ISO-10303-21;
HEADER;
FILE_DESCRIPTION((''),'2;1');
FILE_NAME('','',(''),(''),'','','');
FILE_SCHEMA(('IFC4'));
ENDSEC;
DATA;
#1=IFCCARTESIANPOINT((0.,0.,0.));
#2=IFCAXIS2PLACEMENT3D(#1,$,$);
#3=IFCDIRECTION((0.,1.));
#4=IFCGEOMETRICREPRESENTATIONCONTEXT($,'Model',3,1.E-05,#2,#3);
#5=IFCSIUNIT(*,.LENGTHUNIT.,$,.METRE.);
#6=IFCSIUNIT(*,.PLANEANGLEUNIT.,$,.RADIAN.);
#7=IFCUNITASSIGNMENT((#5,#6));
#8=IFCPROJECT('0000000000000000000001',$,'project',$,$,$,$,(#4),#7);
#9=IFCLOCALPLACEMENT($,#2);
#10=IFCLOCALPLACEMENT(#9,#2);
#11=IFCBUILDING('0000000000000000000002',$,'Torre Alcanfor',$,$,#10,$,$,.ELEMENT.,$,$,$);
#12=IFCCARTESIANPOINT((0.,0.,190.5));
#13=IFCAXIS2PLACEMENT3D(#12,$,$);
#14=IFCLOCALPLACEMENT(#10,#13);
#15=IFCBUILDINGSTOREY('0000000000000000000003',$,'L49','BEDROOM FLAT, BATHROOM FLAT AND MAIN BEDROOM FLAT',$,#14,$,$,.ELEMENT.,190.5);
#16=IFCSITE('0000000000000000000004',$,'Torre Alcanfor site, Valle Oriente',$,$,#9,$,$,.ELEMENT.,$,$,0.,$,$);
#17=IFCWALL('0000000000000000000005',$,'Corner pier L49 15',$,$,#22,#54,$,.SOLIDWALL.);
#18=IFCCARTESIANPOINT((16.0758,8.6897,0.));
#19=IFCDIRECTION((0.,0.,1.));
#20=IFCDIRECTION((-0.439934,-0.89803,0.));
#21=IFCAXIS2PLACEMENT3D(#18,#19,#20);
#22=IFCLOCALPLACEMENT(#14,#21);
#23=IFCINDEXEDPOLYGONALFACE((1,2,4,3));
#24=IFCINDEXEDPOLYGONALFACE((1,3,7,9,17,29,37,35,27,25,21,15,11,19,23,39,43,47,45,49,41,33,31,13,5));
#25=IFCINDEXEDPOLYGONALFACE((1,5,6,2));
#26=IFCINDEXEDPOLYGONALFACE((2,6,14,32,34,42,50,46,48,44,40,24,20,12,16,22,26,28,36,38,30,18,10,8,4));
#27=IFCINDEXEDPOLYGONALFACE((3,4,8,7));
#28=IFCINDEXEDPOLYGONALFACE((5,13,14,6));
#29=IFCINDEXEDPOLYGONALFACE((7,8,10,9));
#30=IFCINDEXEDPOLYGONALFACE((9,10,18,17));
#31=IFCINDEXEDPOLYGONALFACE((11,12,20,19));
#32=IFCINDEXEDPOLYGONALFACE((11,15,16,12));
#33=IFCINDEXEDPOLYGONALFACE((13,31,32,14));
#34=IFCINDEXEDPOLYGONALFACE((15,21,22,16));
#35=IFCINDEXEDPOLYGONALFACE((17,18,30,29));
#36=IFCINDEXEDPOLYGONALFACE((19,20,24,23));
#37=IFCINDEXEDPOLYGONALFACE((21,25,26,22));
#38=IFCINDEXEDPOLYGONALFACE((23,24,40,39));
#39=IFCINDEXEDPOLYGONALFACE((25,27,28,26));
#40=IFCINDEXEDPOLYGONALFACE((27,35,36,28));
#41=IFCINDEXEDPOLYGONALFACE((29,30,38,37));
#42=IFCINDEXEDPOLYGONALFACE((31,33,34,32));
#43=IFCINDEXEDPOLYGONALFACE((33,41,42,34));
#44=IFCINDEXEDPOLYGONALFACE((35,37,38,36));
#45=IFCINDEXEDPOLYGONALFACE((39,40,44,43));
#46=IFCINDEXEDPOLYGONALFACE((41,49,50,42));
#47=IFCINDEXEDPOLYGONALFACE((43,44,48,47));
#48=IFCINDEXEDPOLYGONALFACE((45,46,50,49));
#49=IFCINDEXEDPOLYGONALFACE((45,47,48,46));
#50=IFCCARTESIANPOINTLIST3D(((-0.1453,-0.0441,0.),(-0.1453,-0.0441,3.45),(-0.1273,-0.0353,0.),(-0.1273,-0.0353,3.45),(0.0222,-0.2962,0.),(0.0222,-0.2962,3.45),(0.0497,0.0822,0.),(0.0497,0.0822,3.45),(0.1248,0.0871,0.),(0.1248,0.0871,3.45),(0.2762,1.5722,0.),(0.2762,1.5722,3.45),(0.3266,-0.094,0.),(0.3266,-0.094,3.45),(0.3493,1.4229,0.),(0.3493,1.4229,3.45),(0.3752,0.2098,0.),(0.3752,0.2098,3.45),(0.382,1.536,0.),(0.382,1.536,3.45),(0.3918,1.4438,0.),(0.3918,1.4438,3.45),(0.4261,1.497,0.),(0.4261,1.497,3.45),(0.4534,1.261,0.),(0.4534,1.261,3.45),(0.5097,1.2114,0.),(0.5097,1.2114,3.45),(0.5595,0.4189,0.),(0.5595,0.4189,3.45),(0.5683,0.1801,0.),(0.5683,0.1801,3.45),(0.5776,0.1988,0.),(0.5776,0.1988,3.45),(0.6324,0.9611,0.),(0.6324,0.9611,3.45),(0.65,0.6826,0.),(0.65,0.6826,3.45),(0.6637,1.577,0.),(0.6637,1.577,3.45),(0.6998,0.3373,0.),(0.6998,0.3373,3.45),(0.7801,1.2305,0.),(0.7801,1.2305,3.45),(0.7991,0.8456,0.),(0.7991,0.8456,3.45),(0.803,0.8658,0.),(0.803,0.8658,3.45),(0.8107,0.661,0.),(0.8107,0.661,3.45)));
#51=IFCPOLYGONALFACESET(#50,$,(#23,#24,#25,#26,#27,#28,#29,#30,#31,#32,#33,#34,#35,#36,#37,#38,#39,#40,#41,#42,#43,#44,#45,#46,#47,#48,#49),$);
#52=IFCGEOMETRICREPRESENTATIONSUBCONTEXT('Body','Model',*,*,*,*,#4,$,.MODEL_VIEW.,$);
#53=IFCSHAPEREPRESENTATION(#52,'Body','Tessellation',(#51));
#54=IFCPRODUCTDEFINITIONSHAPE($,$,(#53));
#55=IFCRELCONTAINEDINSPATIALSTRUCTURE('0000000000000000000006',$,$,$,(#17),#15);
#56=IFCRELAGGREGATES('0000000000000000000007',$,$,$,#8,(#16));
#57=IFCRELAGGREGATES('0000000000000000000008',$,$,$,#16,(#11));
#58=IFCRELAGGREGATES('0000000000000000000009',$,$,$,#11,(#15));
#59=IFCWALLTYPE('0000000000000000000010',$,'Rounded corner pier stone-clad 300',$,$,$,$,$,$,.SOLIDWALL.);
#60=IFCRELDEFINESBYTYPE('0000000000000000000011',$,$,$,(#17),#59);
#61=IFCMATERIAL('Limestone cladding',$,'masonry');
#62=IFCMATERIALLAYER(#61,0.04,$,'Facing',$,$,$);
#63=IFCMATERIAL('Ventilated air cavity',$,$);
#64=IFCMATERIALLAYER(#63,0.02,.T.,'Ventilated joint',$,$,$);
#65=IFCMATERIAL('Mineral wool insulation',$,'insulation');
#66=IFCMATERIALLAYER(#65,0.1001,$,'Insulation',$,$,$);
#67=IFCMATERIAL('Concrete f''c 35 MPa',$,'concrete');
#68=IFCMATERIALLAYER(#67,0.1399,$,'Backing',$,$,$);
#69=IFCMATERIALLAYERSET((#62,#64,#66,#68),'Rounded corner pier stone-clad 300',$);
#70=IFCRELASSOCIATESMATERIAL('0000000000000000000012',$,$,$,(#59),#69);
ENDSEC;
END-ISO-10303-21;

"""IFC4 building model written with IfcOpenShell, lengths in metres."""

from ifc_helpers import new_model, si_unit, direction, frame, origin, place, context, subcontext, project, spatial, polyline, outline, extrude, material, layer, layer_set, type_object, element, save


model = new_model("IFC4")

# Units and contexts
model_context = context("Model", 3, precision=1e-05, world=origin(), true_north=direction((0.0, 1.0)))
body_context = subcontext(model_context, "Body", "Model", "MODEL_VIEW")
ifc_project = project(units=[si_unit("LENGTHUNIT", "METRE"), si_unit("PLANEANGLEUNIT", "RADIAN")], contexts=[model_context])

# Site, building, storey
site_placement = place(None, origin())
site = spatial("IfcSite", under=ifc_project, at=site_placement, Name="Torre Alcanfor site, Valle Oriente", CompositionType="ELEMENT", RefElevation=0.0)
building_placement = place(site_placement, origin())
building = spatial("IfcBuilding", under=site, at=building_placement, Name="Torre Alcanfor", CompositionType="ELEMENT")
storey_placement = place(building_placement, frame((0.0, 0.0, 190.5)))
storey = spatial("IfcBuildingStorey", under=building, at=storey_placement, Name="L49", Description="BEDROOM FLAT, BATHROOM FLAT AND MAIN BEDROOM FLAT", CompositionType="ELEMENT", Elevation=190.5)

# Shared definitions
ifc_material_1 = material(Name="Limestone cladding", Category="masonry")
ifc_material_2 = material(Name="Ventilated air cavity")
ifc_material_3 = material(Name="Mineral wool insulation", Category="insulation")
ifc_material_4 = material(Name="Concrete f'c 35 MPa", Category="concrete")

# Wall
ifc_layer_1 = layer(ifc_material_1, 0.04, Name="Facing")
ifc_layer_2 = layer(ifc_material_2, 0.02, ventilated=True, Name="Ventilated joint")
ifc_layer_3 = layer(ifc_material_3, 0.1001, Name="Insulation")
ifc_layer_4 = layer(ifc_material_4, 0.1399, Name="Backing")
ifc_layer_set_1 = layer_set([ifc_layer_1, ifc_layer_2, ifc_layer_3, ifc_layer_4], Name="Rounded corner pier stone-clad 300")
wall_type_1 = type_object("IfcWallType", Name="Rounded corner pier stone-clad 300", PredefinedType="SOLIDWALL", material=ifc_layer_set_1)
wall_1_placement = place(storey_placement, frame((16.0758, 8.6897, 0.0), z_axis=(0.0, 0.0, 1.0), x_axis=(-0.439934, -0.89803, 0.0)))
element("IfcWall", 1, at=wall_1_placement, inside=storey, type_object=wall_type_1, Name="Corner pier L49 15", PredefinedType="SOLIDWALL", context=body_context, shape_type="SweptSolid", body=[
    extrude(outline(polyline([(0.6637, 1.577), (0.4261, 1.497), (0.382, 1.536), (0.2762, 1.5722), (0.3493, 1.4229), (0.3918, 1.4438), (0.4534, 1.261), (0.5097, 1.2114), (0.6324, 0.9611), (0.65, 0.6826), (0.5595, 0.4189), (0.3752, 0.2098), (0.1248, 0.0871), (0.0497, 0.0822), (-0.1273, -0.0353), (-0.1453, -0.0441), (0.0222, -0.2962), (0.3266, -0.094), (0.5683, 0.1801), (0.5776, 0.1988), (0.6998, 0.3373), (0.8107, 0.661), (0.7991, 0.8456), (0.803, 0.8658), (0.7801, 1.2305), (0.6637, 1.577)])), origin(), (0.0, 0.0, 1.0), 3.45),
])

save(model, "model.ifc")
